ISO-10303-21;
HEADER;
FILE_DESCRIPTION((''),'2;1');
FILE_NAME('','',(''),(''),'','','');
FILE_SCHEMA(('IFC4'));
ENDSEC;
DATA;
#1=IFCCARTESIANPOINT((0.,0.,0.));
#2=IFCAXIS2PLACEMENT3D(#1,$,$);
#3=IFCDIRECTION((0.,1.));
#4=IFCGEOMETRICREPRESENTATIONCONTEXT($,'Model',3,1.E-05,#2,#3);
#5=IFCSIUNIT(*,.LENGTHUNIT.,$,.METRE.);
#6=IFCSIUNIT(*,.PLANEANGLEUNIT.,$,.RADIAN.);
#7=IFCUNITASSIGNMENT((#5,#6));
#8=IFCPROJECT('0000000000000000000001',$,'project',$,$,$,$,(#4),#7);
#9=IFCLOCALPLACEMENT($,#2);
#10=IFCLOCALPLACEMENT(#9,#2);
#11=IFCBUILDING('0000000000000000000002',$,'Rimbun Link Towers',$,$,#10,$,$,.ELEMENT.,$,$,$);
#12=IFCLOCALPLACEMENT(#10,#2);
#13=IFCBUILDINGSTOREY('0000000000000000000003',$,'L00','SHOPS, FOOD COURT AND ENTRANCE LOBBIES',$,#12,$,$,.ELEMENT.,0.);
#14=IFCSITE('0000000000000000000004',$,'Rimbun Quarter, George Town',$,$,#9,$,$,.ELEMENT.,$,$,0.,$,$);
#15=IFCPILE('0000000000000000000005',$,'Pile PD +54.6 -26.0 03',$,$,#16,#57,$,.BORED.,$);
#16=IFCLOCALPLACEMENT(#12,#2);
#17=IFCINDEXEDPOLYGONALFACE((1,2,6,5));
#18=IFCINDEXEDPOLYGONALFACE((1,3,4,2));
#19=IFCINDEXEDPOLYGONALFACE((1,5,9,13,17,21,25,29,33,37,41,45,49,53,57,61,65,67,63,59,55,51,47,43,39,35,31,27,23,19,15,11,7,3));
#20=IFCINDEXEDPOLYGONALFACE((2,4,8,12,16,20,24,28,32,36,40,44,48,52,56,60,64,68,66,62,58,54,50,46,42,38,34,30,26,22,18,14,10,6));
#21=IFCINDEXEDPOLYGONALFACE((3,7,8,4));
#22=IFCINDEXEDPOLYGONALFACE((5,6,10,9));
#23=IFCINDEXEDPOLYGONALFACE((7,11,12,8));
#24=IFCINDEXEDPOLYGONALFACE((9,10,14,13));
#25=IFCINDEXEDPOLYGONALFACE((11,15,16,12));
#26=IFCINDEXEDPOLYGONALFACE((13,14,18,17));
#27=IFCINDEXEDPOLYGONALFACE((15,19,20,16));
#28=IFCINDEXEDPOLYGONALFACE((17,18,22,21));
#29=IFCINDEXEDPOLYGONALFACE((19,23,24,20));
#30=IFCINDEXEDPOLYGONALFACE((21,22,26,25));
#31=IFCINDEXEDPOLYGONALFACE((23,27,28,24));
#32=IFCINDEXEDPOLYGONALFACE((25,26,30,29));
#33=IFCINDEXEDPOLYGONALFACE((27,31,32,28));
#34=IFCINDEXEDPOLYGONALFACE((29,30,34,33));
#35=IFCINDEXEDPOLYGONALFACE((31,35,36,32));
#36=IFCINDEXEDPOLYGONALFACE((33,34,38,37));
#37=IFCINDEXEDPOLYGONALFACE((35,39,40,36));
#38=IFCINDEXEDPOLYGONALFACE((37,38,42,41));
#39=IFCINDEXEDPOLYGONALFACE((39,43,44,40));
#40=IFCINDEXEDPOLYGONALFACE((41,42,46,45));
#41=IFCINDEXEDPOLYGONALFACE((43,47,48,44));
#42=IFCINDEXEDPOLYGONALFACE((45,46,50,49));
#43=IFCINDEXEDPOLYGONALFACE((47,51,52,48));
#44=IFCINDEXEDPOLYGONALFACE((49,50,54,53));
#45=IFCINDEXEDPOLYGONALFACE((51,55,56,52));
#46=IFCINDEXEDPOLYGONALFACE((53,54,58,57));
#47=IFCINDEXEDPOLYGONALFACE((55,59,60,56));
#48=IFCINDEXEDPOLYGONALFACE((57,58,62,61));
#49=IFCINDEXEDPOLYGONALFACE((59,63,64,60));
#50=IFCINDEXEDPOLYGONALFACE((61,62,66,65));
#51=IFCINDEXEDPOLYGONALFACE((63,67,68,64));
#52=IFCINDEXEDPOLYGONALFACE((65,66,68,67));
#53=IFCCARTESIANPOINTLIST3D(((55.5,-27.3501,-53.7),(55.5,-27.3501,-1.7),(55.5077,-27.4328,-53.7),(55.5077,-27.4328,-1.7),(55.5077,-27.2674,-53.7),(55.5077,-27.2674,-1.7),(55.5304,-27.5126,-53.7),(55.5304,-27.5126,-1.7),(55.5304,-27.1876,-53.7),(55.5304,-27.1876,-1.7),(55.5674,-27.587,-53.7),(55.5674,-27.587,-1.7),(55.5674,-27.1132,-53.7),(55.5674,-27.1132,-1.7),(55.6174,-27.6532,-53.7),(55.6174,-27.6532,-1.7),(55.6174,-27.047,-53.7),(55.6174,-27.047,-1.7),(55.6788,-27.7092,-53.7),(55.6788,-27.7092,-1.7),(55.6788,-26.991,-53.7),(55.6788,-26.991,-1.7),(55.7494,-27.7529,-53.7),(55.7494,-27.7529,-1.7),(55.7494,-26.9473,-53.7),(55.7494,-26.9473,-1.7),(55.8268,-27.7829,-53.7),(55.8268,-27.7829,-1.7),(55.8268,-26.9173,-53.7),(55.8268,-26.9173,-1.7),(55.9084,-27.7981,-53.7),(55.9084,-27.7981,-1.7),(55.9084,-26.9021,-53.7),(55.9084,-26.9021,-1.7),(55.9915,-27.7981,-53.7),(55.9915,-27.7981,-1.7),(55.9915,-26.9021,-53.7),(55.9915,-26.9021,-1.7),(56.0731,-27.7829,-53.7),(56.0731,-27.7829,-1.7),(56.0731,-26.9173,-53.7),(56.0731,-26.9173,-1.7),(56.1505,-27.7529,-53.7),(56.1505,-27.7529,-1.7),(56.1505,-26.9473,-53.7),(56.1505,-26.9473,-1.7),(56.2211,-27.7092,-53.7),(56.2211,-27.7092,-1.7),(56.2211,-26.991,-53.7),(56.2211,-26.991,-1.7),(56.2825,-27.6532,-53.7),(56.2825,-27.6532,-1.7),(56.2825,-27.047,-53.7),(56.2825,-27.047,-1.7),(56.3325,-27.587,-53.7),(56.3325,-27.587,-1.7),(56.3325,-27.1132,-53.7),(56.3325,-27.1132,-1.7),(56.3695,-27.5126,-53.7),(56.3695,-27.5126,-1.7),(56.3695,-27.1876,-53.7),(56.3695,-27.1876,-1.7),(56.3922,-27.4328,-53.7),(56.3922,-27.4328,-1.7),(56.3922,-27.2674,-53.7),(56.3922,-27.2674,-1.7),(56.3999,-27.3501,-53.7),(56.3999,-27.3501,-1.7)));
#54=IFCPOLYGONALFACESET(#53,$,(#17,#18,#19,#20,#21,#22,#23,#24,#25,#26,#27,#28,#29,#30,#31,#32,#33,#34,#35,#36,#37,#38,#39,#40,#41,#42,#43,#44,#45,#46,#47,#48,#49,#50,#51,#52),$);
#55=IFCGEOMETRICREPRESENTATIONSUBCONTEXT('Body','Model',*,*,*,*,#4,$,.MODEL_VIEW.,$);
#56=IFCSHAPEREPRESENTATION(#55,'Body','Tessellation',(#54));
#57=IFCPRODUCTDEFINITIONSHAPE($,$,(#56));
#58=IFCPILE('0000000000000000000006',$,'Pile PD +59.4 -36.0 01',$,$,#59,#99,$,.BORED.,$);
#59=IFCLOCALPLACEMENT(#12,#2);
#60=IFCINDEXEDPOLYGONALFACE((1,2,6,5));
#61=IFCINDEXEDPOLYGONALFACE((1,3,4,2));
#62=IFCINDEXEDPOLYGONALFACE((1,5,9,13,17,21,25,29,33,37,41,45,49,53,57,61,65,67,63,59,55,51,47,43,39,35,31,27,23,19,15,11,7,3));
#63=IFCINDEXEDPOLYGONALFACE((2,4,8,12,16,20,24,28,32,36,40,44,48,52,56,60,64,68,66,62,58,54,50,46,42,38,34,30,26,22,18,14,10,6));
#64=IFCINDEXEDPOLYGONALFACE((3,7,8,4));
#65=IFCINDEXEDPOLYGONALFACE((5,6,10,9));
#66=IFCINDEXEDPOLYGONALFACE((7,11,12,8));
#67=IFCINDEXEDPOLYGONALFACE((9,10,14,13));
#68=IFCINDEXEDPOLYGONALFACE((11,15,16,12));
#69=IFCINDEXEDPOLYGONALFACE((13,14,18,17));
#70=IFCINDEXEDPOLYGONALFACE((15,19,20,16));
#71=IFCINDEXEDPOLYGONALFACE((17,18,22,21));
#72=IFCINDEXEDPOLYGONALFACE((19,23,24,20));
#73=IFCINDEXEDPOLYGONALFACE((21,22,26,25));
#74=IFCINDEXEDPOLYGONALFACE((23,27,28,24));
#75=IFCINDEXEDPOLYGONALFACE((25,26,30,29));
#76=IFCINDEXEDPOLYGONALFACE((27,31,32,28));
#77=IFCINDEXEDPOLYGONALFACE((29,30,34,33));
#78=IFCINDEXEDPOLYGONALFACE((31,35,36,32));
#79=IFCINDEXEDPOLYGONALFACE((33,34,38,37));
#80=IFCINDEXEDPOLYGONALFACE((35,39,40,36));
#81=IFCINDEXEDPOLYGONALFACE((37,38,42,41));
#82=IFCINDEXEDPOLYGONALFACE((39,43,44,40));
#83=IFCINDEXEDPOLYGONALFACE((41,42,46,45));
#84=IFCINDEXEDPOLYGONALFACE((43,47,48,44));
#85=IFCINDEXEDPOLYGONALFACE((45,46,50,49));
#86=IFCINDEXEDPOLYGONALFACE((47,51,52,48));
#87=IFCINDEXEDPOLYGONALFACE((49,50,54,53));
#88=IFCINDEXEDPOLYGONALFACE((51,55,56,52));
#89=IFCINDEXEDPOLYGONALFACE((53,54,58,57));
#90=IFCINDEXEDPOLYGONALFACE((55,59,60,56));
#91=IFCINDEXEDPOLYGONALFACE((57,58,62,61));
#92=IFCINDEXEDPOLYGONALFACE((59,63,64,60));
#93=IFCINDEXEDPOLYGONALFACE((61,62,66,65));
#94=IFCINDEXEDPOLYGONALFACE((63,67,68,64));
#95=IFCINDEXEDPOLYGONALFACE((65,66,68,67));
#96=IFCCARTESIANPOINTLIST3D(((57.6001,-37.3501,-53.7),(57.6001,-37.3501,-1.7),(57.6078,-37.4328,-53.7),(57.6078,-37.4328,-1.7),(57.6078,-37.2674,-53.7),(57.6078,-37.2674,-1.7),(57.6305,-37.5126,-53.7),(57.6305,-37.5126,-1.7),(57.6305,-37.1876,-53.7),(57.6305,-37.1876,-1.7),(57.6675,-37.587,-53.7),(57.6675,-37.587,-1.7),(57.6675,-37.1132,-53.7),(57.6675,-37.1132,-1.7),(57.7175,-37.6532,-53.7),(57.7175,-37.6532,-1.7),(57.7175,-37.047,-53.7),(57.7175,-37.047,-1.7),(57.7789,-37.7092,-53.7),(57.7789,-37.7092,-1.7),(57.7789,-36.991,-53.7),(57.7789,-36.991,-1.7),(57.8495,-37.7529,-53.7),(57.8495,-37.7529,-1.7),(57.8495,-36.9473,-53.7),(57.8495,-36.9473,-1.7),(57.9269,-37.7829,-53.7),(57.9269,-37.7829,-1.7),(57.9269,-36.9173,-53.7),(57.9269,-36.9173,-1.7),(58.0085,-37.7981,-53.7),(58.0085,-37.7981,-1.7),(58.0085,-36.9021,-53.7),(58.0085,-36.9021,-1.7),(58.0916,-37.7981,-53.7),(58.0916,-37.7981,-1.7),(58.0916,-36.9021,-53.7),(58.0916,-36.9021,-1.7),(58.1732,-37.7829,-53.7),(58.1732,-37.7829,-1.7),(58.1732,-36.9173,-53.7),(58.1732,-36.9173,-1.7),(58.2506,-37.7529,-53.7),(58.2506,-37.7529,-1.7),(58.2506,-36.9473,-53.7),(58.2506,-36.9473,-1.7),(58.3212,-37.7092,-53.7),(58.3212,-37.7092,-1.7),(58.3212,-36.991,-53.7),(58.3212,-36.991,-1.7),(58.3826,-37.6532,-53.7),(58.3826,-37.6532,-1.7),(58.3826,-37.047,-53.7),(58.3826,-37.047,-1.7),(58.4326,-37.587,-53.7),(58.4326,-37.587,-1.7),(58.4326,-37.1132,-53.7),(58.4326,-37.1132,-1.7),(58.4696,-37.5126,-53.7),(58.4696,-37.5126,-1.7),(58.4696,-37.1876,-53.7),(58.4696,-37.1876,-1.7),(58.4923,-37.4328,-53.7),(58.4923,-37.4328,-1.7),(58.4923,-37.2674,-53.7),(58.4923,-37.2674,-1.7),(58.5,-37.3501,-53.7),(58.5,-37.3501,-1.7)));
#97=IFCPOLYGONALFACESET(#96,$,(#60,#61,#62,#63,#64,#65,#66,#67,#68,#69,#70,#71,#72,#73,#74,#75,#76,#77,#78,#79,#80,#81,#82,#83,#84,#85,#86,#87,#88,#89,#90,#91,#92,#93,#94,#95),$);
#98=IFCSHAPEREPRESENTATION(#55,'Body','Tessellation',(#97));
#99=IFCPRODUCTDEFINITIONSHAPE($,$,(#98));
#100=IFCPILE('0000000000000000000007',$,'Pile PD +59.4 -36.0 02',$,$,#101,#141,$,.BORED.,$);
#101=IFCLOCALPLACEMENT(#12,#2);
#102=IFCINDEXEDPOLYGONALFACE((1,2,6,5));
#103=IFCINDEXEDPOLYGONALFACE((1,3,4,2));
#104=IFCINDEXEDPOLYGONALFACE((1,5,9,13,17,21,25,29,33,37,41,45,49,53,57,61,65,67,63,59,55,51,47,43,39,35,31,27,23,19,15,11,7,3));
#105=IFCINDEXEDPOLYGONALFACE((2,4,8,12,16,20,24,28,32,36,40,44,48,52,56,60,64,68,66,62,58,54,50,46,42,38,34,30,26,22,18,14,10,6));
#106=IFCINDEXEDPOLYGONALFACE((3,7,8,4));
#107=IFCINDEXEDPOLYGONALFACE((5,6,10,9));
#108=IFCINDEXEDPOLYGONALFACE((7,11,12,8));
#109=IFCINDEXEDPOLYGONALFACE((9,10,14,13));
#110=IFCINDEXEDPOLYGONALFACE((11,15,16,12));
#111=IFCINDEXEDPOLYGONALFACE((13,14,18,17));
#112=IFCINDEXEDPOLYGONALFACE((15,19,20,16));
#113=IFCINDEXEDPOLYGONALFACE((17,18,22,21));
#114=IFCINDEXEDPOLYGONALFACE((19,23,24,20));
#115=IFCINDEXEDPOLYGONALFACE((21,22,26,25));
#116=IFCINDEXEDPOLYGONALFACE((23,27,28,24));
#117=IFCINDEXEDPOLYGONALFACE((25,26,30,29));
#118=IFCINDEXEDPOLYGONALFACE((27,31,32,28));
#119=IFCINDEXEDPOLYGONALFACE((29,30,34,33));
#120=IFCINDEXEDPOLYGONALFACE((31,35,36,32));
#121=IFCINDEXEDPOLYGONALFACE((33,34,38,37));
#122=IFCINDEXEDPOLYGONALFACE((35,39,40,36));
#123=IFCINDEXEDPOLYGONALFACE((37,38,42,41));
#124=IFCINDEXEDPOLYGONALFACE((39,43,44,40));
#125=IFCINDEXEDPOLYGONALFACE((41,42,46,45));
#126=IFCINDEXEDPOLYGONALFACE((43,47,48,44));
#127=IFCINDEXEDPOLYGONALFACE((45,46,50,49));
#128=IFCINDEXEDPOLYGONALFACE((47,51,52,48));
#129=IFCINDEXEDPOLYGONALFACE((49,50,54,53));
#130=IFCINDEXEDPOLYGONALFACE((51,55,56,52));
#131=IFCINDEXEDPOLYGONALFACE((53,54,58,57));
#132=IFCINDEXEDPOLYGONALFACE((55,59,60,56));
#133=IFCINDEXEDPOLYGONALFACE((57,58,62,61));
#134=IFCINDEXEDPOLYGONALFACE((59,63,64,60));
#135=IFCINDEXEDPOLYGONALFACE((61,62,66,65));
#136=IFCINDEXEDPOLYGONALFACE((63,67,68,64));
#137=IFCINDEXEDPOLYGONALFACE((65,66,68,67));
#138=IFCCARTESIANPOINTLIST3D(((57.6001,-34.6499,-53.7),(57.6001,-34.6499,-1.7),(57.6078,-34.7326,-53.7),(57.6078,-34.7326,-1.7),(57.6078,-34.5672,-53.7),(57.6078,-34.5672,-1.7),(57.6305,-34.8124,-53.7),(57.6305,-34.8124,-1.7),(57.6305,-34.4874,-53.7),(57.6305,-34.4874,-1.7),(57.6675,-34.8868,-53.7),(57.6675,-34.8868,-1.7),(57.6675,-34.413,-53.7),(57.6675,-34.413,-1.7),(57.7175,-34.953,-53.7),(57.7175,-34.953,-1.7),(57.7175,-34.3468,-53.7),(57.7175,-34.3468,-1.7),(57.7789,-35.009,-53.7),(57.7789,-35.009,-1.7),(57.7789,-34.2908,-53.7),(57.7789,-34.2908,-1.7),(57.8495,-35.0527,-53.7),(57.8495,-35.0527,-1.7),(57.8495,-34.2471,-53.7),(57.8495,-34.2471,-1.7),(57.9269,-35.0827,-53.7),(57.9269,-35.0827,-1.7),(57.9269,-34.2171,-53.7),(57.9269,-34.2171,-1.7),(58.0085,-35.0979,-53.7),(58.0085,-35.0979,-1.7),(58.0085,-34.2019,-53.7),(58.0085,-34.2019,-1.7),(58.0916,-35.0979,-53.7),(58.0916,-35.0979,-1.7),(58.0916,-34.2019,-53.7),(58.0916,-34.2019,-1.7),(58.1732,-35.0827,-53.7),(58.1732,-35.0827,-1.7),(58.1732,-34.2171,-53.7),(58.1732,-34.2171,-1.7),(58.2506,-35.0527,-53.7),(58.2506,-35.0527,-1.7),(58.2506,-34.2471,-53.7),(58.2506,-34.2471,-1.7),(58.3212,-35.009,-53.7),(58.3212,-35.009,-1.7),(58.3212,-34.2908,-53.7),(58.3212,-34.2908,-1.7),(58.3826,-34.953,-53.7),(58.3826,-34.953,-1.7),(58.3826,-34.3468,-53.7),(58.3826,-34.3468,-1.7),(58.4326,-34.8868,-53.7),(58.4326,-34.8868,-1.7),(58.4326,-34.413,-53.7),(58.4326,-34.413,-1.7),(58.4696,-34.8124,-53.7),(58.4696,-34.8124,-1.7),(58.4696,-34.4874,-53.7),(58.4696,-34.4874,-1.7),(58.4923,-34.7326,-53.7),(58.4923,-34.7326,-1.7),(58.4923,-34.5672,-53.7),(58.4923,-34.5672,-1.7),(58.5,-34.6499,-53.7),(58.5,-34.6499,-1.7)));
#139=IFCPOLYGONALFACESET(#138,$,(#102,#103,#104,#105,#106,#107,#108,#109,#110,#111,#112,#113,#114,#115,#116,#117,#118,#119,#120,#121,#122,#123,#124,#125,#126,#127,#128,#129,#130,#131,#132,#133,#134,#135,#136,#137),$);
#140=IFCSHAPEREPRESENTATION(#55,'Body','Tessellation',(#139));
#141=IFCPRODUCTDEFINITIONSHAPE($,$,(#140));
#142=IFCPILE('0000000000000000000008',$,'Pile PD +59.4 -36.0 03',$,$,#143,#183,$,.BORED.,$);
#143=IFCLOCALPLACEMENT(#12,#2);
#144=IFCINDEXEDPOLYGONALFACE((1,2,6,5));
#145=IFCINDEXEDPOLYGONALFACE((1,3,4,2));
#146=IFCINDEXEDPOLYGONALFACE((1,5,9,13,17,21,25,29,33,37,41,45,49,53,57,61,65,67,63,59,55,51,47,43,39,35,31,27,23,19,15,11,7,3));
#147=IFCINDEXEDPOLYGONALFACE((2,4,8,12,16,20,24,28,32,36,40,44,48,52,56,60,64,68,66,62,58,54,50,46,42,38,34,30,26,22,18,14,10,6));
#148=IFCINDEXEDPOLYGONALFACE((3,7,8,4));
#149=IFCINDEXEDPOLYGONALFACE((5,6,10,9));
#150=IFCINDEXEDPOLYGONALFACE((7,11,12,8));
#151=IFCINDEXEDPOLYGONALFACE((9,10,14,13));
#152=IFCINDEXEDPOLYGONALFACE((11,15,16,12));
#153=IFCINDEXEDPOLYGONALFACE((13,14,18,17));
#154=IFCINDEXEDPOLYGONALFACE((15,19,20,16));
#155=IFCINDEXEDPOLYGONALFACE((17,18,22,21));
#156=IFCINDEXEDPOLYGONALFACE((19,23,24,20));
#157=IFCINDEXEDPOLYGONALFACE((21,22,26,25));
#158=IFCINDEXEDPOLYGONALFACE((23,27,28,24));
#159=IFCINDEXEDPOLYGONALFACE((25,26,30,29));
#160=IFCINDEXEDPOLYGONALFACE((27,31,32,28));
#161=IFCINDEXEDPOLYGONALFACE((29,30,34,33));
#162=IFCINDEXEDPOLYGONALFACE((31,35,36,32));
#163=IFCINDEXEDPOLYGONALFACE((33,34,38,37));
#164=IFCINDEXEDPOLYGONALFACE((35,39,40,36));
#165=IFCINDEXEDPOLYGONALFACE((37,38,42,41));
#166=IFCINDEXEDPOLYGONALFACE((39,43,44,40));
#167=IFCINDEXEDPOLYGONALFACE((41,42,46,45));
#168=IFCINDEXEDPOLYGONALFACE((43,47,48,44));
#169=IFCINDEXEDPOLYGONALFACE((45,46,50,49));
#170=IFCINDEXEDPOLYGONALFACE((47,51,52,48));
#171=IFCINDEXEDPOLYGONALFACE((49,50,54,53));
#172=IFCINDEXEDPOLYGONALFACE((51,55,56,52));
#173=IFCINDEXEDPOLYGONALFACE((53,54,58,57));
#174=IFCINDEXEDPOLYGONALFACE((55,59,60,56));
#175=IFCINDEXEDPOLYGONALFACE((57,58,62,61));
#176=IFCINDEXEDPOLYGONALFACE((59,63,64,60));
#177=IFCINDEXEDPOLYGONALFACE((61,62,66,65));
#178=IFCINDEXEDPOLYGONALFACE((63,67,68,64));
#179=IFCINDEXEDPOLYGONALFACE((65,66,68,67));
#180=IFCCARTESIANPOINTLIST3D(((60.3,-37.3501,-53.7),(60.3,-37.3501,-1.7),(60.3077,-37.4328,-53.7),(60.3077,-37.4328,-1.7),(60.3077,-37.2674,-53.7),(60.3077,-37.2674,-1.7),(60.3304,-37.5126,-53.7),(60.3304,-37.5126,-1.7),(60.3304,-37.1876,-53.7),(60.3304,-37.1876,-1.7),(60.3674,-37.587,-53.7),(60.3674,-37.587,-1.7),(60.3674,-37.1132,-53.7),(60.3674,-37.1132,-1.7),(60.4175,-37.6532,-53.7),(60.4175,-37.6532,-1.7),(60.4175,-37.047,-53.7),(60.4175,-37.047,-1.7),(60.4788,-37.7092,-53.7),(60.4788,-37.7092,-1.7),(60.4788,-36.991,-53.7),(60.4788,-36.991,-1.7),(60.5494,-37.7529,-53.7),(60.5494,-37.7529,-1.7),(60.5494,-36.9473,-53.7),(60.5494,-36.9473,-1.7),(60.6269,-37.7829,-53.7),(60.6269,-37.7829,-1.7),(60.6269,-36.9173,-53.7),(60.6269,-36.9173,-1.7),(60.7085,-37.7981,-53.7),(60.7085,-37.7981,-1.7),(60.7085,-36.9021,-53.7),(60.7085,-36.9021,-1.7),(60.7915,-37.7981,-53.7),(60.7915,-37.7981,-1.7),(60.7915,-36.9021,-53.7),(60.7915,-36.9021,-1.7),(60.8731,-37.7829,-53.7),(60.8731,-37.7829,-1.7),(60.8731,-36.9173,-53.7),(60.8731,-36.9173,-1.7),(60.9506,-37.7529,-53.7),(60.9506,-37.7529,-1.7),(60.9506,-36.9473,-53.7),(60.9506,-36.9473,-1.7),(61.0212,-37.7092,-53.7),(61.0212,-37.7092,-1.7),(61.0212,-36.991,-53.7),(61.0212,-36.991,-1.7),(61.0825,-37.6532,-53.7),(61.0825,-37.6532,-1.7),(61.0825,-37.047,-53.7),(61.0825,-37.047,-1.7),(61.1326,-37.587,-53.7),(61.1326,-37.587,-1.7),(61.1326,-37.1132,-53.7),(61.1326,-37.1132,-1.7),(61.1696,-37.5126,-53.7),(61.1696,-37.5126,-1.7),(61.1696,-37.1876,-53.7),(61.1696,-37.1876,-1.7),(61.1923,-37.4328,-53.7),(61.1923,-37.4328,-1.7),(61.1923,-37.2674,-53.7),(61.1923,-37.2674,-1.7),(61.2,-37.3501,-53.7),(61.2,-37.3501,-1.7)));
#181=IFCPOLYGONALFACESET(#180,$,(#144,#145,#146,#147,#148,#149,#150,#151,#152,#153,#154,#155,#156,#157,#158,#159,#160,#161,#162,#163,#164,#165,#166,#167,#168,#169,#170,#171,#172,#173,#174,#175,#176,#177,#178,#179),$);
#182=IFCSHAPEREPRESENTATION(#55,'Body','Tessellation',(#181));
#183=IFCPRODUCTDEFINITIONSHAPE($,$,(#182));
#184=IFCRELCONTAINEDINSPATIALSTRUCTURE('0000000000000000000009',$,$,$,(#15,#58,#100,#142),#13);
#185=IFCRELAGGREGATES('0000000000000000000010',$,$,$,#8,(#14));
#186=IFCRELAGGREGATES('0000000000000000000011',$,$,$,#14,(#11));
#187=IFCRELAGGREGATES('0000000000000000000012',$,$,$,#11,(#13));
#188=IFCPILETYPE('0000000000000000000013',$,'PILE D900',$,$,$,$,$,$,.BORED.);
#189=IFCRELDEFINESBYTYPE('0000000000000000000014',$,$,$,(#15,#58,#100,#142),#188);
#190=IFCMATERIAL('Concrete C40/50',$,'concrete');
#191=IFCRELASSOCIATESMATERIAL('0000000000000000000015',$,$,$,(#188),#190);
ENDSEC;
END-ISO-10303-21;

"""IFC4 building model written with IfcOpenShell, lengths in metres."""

from ifc_helpers import new_model, si_unit, direction, frame, origin, origin_2d, place, context, subcontext, project, spatial, circle, extrude, material, material_profile, profile_set, type_object, element, save


model = new_model("IFC4")

# Units and contexts
model_context = context("Model", 3, precision=1e-05, world=origin(), true_north=direction((0.0, 1.0)))
body_context = subcontext(model_context, "Body", "Model", "MODEL_VIEW")
ifc_project = project(units=[si_unit("LENGTHUNIT", "METRE"), si_unit("PLANEANGLEUNIT", "RADIAN")], contexts=[model_context])

# Site, building, storey
site_placement = place(None, origin())
site = spatial("IfcSite", under=ifc_project, at=site_placement, Name="Rimbun Quarter, George Town", CompositionType="ELEMENT", RefElevation=0.0)
building_placement = place(site_placement, origin())
building = spatial("IfcBuilding", under=site, at=building_placement, Name="Rimbun Link Towers", CompositionType="ELEMENT")
storey_placement = place(building_placement, origin())
storey = spatial("IfcBuildingStorey", under=building, at=storey_placement, Name="L00", Description="SHOPS, FOOD COURT AND ENTRANCE LOBBIES", CompositionType="ELEMENT", Elevation=0.0)

# Piles
ifc_material_1 = material(Name="Concrete C40/50", Category="concrete")
ifc_material_profile_1 = material_profile(ifc_material_1, circle(Radius=0.45, at=origin_2d()), Name="PILE D900")
ifc_profile_set_1 = profile_set([ifc_material_profile_1], Name="Concrete C40/50")
pile_type = type_object("IfcPileType", Name="PILE D900", PredefinedType="BORED", material=ifc_profile_set_1)
for number, where, z_axis, x_axis, name in (
    (1, (55.95, -27.3501, -1.7), (0.0, 0.0, -1.0), (1.0, 0.0, 0.0), "Pile PD +54.6 -26.0 03"),
    (2, (58.05, -37.3501, -1.7), (0.0, 0.0, -1.0), (1.0, 0.0, 0.0), "Pile PD +59.4 -36.0 01"),
    (3, (58.05, -34.6499, -1.7), (0.0, 0.0, -1.0), (1.0, 0.0, 0.0), "Pile PD +59.4 -36.0 02"),
    (4, (60.75, -37.3501, -1.7), (0.0, 0.0, -1.0), (1.0, 0.0, 0.0), "Pile PD +59.4 -36.0 03"),
):
    element("IfcPile", number, at=place(storey_placement, frame(where, z_axis=z_axis, x_axis=x_axis)), inside=storey, type_object=pile_type, Name=name, PredefinedType="BORED", context=body_context, shape_type="SweptSolid", body=[
        extrude(circle(Radius=0.45, at=origin_2d()), origin(), (0.0, 0.0, 1.0), 52.0),
    ])

save(model, "model.ifc")
